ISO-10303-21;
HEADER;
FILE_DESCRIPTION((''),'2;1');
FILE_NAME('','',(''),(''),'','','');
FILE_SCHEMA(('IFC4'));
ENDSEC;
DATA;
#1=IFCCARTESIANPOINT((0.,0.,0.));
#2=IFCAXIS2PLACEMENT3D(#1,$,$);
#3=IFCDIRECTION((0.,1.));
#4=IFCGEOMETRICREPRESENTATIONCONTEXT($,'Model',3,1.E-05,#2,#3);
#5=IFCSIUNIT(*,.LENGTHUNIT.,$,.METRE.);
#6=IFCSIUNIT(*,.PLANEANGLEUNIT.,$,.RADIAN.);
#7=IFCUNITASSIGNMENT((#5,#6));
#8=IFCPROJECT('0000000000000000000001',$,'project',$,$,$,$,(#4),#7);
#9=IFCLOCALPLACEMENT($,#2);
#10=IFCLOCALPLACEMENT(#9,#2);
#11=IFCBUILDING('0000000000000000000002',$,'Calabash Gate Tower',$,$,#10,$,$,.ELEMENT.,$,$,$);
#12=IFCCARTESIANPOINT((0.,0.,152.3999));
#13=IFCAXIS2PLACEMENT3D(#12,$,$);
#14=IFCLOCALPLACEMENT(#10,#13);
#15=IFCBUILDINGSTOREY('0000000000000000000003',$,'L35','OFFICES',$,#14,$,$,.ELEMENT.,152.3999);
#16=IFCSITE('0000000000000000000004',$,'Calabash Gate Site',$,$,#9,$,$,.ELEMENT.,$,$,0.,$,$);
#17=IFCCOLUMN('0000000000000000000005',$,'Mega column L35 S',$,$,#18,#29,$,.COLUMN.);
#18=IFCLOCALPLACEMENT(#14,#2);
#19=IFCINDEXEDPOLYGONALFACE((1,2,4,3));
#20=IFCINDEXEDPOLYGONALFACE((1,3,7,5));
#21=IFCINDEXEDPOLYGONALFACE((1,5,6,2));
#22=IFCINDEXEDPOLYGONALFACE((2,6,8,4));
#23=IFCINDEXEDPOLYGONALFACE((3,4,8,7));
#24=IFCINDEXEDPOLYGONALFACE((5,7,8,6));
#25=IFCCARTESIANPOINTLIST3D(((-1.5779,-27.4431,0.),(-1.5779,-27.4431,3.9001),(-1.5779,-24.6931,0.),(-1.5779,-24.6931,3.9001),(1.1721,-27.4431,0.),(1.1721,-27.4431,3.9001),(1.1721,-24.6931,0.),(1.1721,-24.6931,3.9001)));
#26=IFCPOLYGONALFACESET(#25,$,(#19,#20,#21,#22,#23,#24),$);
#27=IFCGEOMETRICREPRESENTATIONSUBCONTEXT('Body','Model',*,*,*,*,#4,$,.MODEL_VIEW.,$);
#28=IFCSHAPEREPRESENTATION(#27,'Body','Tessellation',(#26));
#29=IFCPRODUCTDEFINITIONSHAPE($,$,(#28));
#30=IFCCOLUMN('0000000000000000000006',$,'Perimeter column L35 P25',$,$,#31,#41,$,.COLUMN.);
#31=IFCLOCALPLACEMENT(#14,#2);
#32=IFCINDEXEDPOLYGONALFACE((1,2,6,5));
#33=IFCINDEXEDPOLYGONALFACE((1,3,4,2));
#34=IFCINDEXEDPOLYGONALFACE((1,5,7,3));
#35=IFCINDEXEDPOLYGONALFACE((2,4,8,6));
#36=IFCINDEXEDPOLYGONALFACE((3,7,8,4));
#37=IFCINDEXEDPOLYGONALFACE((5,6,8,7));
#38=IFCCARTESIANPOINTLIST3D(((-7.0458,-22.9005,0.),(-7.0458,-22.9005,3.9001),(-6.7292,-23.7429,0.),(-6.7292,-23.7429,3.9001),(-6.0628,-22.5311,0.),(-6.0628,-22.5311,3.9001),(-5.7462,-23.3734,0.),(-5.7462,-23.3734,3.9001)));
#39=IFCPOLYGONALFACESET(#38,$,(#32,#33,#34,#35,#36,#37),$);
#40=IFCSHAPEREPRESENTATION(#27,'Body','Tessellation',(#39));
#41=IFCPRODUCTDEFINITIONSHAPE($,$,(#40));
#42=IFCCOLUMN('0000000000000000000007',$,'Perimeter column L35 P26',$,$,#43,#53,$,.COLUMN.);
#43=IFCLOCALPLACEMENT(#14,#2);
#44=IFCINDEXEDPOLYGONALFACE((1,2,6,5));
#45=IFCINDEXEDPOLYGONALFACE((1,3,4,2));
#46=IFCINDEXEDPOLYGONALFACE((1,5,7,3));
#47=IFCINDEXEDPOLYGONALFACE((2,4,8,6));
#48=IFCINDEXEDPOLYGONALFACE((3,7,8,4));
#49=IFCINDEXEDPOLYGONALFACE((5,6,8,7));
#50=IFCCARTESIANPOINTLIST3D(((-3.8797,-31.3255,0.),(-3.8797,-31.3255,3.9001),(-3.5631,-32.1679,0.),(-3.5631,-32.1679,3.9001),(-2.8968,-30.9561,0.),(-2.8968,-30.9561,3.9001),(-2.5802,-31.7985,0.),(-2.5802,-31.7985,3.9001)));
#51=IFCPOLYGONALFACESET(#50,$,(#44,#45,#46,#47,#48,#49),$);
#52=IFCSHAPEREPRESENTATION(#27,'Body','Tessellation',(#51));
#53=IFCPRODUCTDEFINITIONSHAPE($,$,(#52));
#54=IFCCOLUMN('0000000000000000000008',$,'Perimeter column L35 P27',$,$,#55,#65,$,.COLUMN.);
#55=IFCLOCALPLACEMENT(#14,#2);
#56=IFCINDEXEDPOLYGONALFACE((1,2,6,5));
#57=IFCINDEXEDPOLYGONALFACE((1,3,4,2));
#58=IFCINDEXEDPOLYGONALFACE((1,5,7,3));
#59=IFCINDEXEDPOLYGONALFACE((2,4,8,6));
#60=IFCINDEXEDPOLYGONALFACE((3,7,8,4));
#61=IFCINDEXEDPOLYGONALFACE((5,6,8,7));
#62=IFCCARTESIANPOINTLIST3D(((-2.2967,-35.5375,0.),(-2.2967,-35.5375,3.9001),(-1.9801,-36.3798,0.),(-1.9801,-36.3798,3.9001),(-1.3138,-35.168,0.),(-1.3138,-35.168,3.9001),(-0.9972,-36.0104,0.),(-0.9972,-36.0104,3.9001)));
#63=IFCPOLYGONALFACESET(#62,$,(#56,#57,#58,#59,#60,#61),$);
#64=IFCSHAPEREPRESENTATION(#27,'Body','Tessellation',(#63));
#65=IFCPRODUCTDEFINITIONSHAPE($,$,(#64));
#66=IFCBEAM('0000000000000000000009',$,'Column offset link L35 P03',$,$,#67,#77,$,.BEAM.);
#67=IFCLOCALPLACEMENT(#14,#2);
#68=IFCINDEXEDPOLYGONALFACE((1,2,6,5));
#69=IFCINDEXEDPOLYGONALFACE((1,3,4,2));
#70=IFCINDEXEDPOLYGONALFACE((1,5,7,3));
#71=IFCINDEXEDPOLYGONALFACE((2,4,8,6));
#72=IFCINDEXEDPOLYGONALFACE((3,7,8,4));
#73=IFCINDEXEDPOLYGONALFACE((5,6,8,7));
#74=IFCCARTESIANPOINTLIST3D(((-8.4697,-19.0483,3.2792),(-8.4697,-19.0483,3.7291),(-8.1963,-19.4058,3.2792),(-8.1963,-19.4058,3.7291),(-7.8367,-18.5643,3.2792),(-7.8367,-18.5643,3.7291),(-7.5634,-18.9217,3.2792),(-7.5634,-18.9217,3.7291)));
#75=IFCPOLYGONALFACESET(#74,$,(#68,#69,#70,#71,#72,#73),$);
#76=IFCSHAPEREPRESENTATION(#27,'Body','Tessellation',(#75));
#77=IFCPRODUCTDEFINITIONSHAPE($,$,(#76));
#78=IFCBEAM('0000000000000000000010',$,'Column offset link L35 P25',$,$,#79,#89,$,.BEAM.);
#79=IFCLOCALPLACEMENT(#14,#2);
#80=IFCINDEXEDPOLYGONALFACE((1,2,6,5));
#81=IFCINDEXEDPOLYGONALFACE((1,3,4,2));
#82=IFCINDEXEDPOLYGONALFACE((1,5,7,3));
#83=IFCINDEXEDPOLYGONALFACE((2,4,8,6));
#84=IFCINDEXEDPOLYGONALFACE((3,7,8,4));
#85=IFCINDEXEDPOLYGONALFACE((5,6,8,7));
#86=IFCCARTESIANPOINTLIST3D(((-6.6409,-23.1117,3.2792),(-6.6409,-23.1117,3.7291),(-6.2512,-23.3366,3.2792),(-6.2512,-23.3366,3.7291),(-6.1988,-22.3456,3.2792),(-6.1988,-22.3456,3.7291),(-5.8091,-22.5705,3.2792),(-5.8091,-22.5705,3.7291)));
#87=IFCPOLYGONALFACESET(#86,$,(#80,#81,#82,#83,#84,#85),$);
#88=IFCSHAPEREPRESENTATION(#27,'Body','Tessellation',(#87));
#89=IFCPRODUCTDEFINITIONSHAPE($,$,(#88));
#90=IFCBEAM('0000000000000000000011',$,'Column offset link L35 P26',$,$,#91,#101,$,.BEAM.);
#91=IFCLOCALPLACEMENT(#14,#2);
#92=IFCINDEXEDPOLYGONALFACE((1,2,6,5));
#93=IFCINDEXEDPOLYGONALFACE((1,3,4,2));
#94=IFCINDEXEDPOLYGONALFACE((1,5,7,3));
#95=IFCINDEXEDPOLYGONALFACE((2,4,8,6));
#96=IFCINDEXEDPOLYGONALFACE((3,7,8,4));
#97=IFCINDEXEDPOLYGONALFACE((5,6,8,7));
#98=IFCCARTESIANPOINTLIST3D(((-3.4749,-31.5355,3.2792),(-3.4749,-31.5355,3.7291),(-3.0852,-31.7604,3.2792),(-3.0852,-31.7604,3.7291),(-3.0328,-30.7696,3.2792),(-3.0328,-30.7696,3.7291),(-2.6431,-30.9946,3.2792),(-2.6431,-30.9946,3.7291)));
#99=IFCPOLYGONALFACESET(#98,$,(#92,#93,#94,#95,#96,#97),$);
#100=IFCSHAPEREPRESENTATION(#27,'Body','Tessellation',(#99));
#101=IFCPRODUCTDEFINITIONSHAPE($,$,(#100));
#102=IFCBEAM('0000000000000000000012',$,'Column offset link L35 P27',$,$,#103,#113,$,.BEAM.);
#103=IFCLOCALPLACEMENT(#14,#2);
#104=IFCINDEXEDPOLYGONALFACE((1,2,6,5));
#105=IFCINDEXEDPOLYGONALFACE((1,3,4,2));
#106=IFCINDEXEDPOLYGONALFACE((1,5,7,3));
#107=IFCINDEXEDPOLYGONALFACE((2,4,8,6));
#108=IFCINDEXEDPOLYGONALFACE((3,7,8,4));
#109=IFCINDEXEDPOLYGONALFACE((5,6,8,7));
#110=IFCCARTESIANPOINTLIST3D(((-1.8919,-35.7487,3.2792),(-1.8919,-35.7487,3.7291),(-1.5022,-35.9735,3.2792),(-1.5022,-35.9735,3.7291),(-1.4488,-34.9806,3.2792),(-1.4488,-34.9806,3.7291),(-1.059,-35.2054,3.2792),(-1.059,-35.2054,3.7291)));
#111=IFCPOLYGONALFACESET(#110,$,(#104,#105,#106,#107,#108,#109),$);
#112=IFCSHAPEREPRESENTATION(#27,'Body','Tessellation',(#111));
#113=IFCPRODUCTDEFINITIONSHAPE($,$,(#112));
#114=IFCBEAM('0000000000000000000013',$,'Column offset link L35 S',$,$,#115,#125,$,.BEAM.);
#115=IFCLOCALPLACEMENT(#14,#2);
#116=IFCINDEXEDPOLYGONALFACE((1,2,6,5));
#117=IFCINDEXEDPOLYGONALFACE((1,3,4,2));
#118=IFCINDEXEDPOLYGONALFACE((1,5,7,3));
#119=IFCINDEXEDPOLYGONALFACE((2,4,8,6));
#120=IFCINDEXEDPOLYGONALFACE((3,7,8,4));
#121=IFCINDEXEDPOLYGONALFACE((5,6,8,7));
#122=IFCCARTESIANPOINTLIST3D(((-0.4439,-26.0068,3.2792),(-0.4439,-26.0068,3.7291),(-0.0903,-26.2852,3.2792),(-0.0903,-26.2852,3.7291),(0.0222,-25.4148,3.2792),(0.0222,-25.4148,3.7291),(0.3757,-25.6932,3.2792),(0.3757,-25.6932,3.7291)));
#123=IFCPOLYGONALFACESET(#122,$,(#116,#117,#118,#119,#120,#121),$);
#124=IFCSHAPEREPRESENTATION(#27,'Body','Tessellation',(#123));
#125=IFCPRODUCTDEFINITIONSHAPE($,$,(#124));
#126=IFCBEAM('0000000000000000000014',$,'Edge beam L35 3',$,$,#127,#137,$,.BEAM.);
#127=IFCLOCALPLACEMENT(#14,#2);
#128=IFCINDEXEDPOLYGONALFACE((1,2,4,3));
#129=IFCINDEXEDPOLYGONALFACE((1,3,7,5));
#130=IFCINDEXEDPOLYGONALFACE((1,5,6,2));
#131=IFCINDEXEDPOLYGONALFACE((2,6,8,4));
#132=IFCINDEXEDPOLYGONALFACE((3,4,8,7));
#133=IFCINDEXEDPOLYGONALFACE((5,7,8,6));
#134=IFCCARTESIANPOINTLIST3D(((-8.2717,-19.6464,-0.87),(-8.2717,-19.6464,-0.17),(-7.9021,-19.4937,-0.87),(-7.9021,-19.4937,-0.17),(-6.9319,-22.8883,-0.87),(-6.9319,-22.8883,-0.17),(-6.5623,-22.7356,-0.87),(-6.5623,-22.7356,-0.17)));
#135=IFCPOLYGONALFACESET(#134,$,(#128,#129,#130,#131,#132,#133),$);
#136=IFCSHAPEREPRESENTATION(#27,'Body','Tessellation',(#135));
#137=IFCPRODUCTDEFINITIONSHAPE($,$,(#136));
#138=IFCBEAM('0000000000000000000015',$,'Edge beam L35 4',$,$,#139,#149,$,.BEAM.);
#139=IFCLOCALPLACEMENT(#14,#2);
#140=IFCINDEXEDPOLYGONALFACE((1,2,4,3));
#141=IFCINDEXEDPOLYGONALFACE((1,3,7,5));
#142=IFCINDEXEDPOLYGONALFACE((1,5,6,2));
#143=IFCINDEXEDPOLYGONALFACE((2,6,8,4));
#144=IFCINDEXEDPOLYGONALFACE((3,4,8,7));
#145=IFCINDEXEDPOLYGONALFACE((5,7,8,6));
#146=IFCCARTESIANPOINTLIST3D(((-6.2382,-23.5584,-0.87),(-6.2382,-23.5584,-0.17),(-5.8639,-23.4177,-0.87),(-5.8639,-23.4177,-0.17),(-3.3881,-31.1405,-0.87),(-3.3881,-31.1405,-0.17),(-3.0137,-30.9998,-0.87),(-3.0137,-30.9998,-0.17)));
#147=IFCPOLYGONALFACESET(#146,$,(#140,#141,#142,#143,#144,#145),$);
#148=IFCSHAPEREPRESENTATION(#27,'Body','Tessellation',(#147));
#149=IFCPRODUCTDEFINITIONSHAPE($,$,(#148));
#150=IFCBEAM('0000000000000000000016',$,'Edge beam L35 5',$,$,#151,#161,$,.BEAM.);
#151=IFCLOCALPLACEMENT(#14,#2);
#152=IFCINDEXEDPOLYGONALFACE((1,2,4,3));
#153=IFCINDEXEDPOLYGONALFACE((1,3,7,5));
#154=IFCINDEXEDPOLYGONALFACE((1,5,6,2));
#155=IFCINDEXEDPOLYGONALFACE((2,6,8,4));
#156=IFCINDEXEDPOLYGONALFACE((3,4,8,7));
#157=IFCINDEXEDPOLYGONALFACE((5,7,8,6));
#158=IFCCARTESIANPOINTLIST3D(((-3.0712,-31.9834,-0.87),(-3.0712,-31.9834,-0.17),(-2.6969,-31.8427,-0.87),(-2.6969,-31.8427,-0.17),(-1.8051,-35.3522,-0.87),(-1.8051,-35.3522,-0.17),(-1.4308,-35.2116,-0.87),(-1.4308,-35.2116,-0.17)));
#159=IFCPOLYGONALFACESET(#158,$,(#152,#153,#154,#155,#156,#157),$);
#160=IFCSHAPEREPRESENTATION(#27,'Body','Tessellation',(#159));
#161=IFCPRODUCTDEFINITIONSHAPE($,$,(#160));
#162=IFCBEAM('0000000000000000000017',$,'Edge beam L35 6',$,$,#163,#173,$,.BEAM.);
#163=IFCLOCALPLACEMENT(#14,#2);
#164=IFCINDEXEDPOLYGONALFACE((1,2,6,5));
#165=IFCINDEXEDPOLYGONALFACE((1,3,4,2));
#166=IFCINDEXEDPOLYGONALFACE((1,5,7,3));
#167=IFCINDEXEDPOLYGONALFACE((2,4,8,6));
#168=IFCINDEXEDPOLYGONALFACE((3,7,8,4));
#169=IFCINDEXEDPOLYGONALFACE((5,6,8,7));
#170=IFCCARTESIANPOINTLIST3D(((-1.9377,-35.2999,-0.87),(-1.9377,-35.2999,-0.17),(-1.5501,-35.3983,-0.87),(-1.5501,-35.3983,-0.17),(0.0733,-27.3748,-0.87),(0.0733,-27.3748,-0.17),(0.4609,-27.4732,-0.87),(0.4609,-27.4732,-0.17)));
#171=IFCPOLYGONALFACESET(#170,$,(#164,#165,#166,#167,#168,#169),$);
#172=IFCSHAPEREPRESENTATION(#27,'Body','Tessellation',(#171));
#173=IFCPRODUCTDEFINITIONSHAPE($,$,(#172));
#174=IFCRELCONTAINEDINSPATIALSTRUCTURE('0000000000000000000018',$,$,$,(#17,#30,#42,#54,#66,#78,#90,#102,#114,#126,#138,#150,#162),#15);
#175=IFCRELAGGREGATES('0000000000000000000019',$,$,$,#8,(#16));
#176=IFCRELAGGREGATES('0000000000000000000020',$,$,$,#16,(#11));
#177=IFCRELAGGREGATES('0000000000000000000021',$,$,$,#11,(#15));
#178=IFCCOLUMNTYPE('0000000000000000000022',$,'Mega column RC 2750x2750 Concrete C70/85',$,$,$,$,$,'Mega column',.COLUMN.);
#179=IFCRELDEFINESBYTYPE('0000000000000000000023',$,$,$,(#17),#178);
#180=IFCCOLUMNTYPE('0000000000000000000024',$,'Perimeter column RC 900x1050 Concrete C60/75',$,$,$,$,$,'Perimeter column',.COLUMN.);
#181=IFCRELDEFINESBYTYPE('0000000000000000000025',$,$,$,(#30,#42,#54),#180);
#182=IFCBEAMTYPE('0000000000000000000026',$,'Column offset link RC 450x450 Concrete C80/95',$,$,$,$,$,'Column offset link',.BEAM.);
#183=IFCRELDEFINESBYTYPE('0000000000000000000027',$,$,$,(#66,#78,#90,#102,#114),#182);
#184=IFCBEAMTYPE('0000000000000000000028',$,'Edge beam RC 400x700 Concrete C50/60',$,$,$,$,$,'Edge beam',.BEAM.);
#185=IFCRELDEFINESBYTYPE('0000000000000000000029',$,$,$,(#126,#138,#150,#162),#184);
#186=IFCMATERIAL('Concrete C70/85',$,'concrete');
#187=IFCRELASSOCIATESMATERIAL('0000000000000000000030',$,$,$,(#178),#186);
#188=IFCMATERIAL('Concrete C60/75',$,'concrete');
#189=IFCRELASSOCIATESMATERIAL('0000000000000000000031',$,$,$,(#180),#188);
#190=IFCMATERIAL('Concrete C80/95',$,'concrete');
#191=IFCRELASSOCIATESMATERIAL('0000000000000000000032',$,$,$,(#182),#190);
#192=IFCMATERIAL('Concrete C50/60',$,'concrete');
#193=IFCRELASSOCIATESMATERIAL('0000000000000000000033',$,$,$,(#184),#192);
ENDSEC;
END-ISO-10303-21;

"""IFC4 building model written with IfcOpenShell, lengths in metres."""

from ifc_helpers import new_model, si_unit, direction, frame, origin, origin_2d, place, context, subcontext, project, spatial, rectangle, extrude, material, material_profile, profile_set, type_object, element, save


model = new_model("IFC4")

# Units and contexts
model_context = context("Model", 3, precision=1e-05, world=origin(), true_north=direction((0.0, 1.0)))
body_context = subcontext(model_context, "Body", "Model", "MODEL_VIEW")
ifc_project = project(units=[si_unit("LENGTHUNIT", "METRE"), si_unit("PLANEANGLEUNIT", "RADIAN")], contexts=[model_context])

# Site, building, storey
site_placement = place(None, origin())
site = spatial("IfcSite", under=ifc_project, at=site_placement, Name="Calabash Gate Site", CompositionType="ELEMENT", RefElevation=0.0)
building_placement = place(site_placement, origin())
building = spatial("IfcBuilding", under=site, at=building_placement, Name="Calabash Gate Tower", CompositionType="ELEMENT")
storey_placement = place(building_placement, frame((0.0, 0.0, 152.3999)))
storey = spatial("IfcBuildingStorey", under=building, at=storey_placement, Name="L35", Description="OFFICES", CompositionType="ELEMENT", Elevation=152.3999)

# Columns
ifc_material_1 = material(Name="Concrete C70/85", Category="concrete")
ifc_material_profile_1 = material_profile(ifc_material_1, rectangle(XDim=2.75, YDim=2.75, at=origin_2d()))
ifc_profile_set_1 = profile_set([ifc_material_profile_1], Name="Concrete C70/85")
column_type_1 = type_object("IfcColumnType", Name="Mega column RC 2750x2750 Concrete C70/85", ElementType="Mega column", PredefinedType="COLUMN", material=ifc_profile_set_1)
column_placement = place(storey_placement, frame((-0.2029, -26.0681, 0.0), z_axis=(0.0, 0.0, 1.0), x_axis=(0.0, 1.0, 0.0)))
element("IfcColumn", 1, at=column_placement, inside=storey, type_object=column_type_1, Name="Mega column L35 S", PredefinedType="COLUMN", context=body_context, shape_type="SweptSolid", body=[
    extrude(rectangle(XDim=2.75, YDim=2.75, at=origin_2d()), origin(), (0.0, 0.0, 1.0), 3.9001),
])
ifc_material_2 = material(Name="Concrete C60/75", Category="concrete")
ifc_material_profile_2 = material_profile(ifc_material_2, rectangle(XDim=0.8999, YDim=1.05, at=origin_2d()))
ifc_profile_set_2 = profile_set([ifc_material_profile_2], Name="Concrete C60/75")
column_type_2 = type_object("IfcColumnType", Name="Perimeter column RC 900x1050 Concrete C60/75", ElementType="Perimeter column", PredefinedType="COLUMN", material=ifc_profile_set_2)
for number, where, z_axis, x_axis, name in (
    (2, (-6.396, -23.137, 0.0), (0.0, 0.0, 1.0), (0.351822, -0.936067, 0.0), "Perimeter column L35 P25"),
    (3, (-3.23, -31.562, 0.0), (0.0, 0.0, 1.0), (0.351822, -0.936067, 0.0), "Perimeter column L35 P26"),
    (4, (-1.647, -35.7739, 0.0), (0.0, 0.0, 1.0), (0.351822, -0.936067, 0.0), "Perimeter column L35 P27"),
):
    element("IfcColumn", number, at=place(storey_placement, frame(where, z_axis=z_axis, x_axis=x_axis)), inside=storey, type_object=column_type_2, Name=name, PredefinedType="COLUMN", context=body_context, shape_type="SweptSolid", body=[
        extrude(rectangle(XDim=0.8999, YDim=1.05, at=origin_2d()), origin(), (0.0, 0.0, 1.0), 3.9001),
    ])

# Beams
ifc_material_3 = material(Name="Concrete C80/95", Category="concrete")
ifc_material_profile_3 = material_profile(ifc_material_3, rectangle(XDim=0.45, YDim=0.45, at=origin_2d()))
ifc_profile_set_3 = profile_set([ifc_material_profile_3], Name="Concrete C80/95")
beam_type_1 = type_object("IfcBeamType", Name="Column offset link RC 450x450 Concrete C80/95", ElementType="Column offset link", PredefinedType="BEAM", material=ifc_profile_set_3)
beam_1_placement = place(storey_placement, frame((-8.333, -19.2271, 3.5042), z_axis=(0.79434, 0.607473, 0.0), x_axis=(-0.607473, 0.79434, 0.0)))
element("IfcBeam", 5, at=beam_1_placement, inside=storey, type_object=beam_type_1, Name="Column offset link L35 P03", PredefinedType="BEAM", context=body_context, shape_type="SweptSolid", body=[
    extrude(rectangle(XDim=0.45, YDim=0.45, at=origin_2d()), origin(), (0.0, 0.0, 1.0), 0.7969),
])
beam_2_placement = place(storey_placement, frame((-6.446, -23.2241, 3.5042), z_axis=(0.49985, 0.866112, 0.0), x_axis=(-0.866112, 0.49985, 0.0)))
element("IfcBeam", 6, at=beam_2_placement, inside=storey, type_object=beam_type_1, Name="Column offset link L35 P25", PredefinedType="BEAM", context=body_context, shape_type="SweptSolid", body=[
    extrude(rectangle(XDim=0.45, YDim=0.45, at=origin_2d()), origin(), (0.0, 0.0, 1.0), 0.8845),
])
beam_3_placement = place(storey_placement, frame((-3.28, -31.6479, 3.5042), z_axis=(0.499969, 0.866043, 0.0), x_axis=(-0.866043, 0.499969, 0.0)))
element("IfcBeam", 7, at=beam_3_placement, inside=storey, type_object=beam_type_1, Name="Column offset link L35 P26", PredefinedType="BEAM", context=body_context, shape_type="SweptSolid", body=[
    extrude(rectangle(XDim=0.45, YDim=0.45, at=origin_2d()), origin(), (0.0, 0.0, 1.0), 0.8843),
])
beam_4_placement = place(storey_placement, frame((-1.697, -35.8611, 3.5042), z_axis=(0.499722, 0.866186, 0.0), x_axis=(-0.866186, 0.499722, 0.0)))
element("IfcBeam", 8, at=beam_4_placement, inside=storey, type_object=beam_type_1, Name="Column offset link L35 P27", PredefinedType="BEAM", context=body_context, shape_type="SweptSolid", body=[
    extrude(rectangle(XDim=0.45, YDim=0.45, at=origin_2d()), origin(), (0.0, 0.0, 1.0), 0.8867),
])
beam_5_placement = place(storey_placement, frame((-0.2671, -26.146, 3.5042), z_axis=(0.618551, 0.785745, 0.0), x_axis=(-0.785745, 0.618551, 0.0)))
element("IfcBeam", 9, at=beam_5_placement, inside=storey, type_object=beam_type_1, Name="Column offset link L35 S", PredefinedType="BEAM", context=body_context, shape_type="SweptSolid", body=[
    extrude(rectangle(XDim=0.45, YDim=0.45, at=origin_2d()), origin(), (0.0, 0.0, 1.0), 0.7534),
])
ifc_material_4 = material(Name="Concrete C50/60", Category="concrete")
ifc_material_profile_4 = material_profile(ifc_material_4, rectangle(XDim=0.3999, YDim=0.7, at=origin_2d()))
ifc_profile_set_4 = profile_set([ifc_material_profile_4], Name="Concrete C50/60")
beam_type_2 = type_object("IfcBeamType", Name="Edge beam RC 400x700 Concrete C50/60", ElementType="Edge beam", PredefinedType="BEAM", material=ifc_profile_set_4)
beam_6_placement = place(storey_placement, frame((-8.0869, -19.5701, -0.52), z_axis=(0.38195, -0.924183, 0.0), x_axis=(0.924183, 0.38195, 0.0)))
element("IfcBeam", 10, at=beam_6_placement, inside=storey, type_object=beam_type_2, Name="Edge beam L35 3", PredefinedType="BEAM", context=body_context, shape_type="SweptSolid", body=[
    extrude(rectangle(XDim=0.3999, YDim=0.7, at=origin_2d()), origin(), (0.0, 0.0, 1.0), 3.5078),
])
beam_7_placement = place(storey_placement, frame((-6.051, -23.488, -0.52), z_axis=(0.351863, -0.936051, 0.0), x_axis=(0.936051, 0.351863, 0.0)))
element("IfcBeam", 11, at=beam_7_placement, inside=storey, type_object=beam_type_2, Name="Edge beam L35 4", PredefinedType="BEAM", context=body_context, shape_type="SweptSolid", body=[
    extrude(rectangle(XDim=0.3999, YDim=0.7, at=origin_2d()), origin(), (0.0, 0.0, 1.0), 8.1001),
])
beam_8_placement = place(storey_placement, frame((-2.884, -31.9131, -0.52), z_axis=(0.3518, -0.936075, 0.0), x_axis=(0.936075, 0.3518, 0.0)))
element("IfcBeam", 12, at=beam_8_placement, inside=storey, type_object=beam_type_2, Name="Edge beam L35 5", PredefinedType="BEAM", context=body_context, shape_type="SweptSolid", body=[
    extrude(rectangle(XDim=0.3999, YDim=0.7, at=origin_2d()), origin(), (0.0, 0.0, 1.0), 3.5989),
])
beam_9_placement = place(storey_placement, frame((-1.7439, -35.3491, -0.52), z_axis=(0.245956, 0.969281, 0.0), x_axis=(-0.969281, 0.245956, 0.0)))
element("IfcBeam", 13, at=beam_9_placement, inside=storey, type_object=beam_type_2, Name="Edge beam L35 6", PredefinedType="BEAM", context=body_context, shape_type="SweptSolid", body=[
    extrude(rectangle(XDim=0.3999, YDim=0.7, at=origin_2d()), origin(), (0.0, 0.0, 1.0), 8.1763),
])

save(model, "model.ifc")
